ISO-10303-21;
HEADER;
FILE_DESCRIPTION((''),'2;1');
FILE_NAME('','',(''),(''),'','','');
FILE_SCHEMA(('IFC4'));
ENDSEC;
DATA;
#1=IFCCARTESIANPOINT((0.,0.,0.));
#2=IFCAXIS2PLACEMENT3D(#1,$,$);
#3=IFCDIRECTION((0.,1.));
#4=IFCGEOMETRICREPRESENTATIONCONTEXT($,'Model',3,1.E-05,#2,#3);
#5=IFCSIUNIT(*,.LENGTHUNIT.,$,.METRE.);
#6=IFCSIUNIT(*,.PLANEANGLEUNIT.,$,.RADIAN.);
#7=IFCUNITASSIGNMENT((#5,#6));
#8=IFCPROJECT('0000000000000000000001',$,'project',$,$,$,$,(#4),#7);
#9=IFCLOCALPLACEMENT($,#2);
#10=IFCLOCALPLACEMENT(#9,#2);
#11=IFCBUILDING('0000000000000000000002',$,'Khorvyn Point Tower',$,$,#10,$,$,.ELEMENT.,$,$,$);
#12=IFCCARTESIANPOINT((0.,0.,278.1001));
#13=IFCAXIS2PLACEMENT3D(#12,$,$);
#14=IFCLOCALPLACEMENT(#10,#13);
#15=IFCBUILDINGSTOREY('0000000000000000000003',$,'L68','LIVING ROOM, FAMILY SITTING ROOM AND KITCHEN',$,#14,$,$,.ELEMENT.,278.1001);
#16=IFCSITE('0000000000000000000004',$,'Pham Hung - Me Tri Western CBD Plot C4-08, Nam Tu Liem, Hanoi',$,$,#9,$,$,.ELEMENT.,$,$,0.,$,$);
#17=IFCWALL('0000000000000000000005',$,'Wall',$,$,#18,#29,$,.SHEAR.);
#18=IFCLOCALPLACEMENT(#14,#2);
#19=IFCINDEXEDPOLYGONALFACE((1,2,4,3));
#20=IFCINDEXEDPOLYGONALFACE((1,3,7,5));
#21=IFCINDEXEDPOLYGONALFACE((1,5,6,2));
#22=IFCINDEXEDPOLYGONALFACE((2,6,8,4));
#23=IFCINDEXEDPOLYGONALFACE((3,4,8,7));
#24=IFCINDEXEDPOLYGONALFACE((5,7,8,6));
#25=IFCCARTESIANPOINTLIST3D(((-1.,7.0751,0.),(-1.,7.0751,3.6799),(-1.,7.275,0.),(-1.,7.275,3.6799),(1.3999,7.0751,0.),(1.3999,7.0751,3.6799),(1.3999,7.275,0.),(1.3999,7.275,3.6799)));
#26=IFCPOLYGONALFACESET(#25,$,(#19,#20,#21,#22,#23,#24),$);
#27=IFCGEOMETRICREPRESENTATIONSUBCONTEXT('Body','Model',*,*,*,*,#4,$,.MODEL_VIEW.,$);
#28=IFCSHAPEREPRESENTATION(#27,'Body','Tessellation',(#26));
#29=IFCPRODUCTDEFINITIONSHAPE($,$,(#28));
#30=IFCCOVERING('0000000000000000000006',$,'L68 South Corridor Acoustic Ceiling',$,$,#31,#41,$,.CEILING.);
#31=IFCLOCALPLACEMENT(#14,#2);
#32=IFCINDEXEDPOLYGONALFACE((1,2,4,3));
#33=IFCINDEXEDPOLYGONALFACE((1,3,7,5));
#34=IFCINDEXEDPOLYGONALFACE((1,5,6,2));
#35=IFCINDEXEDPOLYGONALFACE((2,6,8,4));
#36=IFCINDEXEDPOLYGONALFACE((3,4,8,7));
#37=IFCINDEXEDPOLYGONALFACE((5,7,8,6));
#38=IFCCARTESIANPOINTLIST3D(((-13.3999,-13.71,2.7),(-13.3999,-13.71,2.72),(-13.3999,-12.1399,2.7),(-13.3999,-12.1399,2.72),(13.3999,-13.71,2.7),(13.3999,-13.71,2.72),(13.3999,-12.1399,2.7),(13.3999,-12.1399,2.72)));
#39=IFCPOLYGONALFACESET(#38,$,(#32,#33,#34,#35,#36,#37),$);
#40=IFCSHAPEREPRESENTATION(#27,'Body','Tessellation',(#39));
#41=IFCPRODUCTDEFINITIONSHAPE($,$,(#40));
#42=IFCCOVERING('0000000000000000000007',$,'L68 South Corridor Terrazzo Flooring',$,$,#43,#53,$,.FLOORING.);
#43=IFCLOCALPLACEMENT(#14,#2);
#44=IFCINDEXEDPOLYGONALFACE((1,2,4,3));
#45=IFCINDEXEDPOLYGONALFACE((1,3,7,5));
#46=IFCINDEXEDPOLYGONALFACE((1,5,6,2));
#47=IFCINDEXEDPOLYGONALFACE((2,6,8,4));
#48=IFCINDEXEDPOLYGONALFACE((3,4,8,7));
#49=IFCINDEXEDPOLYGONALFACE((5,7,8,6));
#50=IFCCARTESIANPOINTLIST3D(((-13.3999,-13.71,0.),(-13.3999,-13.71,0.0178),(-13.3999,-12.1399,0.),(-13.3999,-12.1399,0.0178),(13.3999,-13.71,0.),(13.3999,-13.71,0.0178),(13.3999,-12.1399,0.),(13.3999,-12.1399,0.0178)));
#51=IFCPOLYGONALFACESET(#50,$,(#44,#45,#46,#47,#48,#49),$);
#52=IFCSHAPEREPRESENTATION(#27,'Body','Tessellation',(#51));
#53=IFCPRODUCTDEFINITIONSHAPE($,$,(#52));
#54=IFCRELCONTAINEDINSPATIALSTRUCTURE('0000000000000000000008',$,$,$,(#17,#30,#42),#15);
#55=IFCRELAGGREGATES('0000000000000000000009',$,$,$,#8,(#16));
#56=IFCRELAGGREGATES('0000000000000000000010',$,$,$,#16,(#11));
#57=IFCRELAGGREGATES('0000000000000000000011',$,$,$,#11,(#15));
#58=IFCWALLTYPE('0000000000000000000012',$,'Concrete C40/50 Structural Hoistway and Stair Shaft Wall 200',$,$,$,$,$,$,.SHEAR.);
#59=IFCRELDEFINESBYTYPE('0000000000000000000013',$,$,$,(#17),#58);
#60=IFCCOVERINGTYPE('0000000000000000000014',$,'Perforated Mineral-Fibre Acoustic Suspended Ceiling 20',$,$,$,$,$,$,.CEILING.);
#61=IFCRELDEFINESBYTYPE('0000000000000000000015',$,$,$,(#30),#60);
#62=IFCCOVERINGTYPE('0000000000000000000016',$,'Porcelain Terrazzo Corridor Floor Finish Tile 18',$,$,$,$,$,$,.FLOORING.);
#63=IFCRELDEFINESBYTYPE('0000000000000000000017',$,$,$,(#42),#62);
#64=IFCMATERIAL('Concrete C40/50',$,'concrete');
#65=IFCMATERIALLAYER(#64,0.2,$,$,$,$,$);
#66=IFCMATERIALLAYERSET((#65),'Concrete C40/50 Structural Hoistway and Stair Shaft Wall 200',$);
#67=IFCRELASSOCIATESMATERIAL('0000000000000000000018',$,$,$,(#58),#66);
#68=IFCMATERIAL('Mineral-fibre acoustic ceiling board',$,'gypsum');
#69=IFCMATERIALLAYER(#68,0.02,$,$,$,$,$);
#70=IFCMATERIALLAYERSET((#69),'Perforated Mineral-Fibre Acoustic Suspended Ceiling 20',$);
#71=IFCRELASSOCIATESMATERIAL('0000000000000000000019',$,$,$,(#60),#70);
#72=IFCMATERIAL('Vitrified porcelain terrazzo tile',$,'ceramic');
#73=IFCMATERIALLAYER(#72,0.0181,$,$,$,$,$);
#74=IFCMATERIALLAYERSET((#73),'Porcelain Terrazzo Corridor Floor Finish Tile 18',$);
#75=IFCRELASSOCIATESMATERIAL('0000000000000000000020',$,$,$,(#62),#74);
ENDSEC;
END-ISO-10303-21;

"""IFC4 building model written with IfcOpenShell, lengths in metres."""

from ifc_helpers import new_model, si_unit, direction, frame, frame_2d, origin, place, context, subcontext, project, spatial, polyline, rectangle, outline, extrude, material, layer, layer_set, type_object, element, save


model = new_model("IFC4")

# Units and contexts
model_context = context("Model", 3, precision=1e-05, world=origin(), true_north=direction((0.0, 1.0)))
body_context = subcontext(model_context, "Body", "Model", "MODEL_VIEW")
ifc_project = project(units=[si_unit("LENGTHUNIT", "METRE"), si_unit("PLANEANGLEUNIT", "RADIAN")], contexts=[model_context])

# Site, building, storey
site_placement = place(None, origin())
site = spatial("IfcSite", under=ifc_project, at=site_placement, Name="Pham Hung - Me Tri Western CBD Plot C4-08, Nam Tu Liem, Hanoi", CompositionType="ELEMENT", RefElevation=0.0)
building_placement = place(site_placement, origin())
building = spatial("IfcBuilding", under=site, at=building_placement, Name="Khorvyn Point Tower", CompositionType="ELEMENT")
storey_placement = place(building_placement, frame((0.0, 0.0, 278.1001)))
storey = spatial("IfcBuildingStorey", under=building, at=storey_placement, Name="L68", Description="LIVING ROOM, FAMILY SITTING ROOM AND KITCHEN", CompositionType="ELEMENT", Elevation=278.1001)

# Shared definitions
ifc_material_1 = material(Name="Concrete C40/50", Category="concrete")

# Shared definitions
ifc_layer_1 = layer(ifc_material_1, 0.2)
ifc_layer_set_1 = layer_set([ifc_layer_1], Name="Concrete C40/50 Structural Hoistway and Stair Shaft Wall 200")
wall_type_1 = type_object("IfcWallType", Name="Concrete C40/50 Structural Hoistway and Stair Shaft Wall 200", PredefinedType="SHEAR", material=ifc_layer_set_1)

# Wall
wall_1_placement = place(storey_placement, frame((-1.0, 7.175, 0.0), z_axis=(0.0, 0.0, 1.0), x_axis=(1.0, 0.0, 0.0)))
element("IfcWall", 1, at=wall_1_placement, inside=storey, type_object=wall_type_1, Name="Wall", PredefinedType="SHEAR", context=body_context, shape_type="SweptSolid", body=[
    extrude(rectangle(XDim=2.3999, YDim=0.2, at=frame_2d((1.2, 0.0))), origin(), (0.0, 0.0, 1.0), 3.6799),
])

# Coverings
ifc_material_2 = material(Name="Mineral-fibre acoustic ceiling board", Category="gypsum")
ifc_layer_2 = layer(ifc_material_2, 0.02)
ifc_layer_set_2 = layer_set([ifc_layer_2], Name="Perforated Mineral-Fibre Acoustic Suspended Ceiling 20")
covering_type_1 = type_object("IfcCoveringType", Name="Perforated Mineral-Fibre Acoustic Suspended Ceiling 20", PredefinedType="CEILING", material=ifc_layer_set_2)
covering_1_placement = place(storey_placement, frame((0.0, 0.0, 2.7)))
element("IfcCovering", 2, at=covering_1_placement, inside=storey, type_object=covering_type_1, Name="L68 South Corridor Acoustic Ceiling", PredefinedType="CEILING", context=body_context, shape_type="SweptSolid", body=[
    extrude(outline(polyline([(-13.3999, -13.71), (13.3999, -13.71), (13.3999, -12.1399), (-13.3999, -12.1399), (-13.3999, -13.71)])), origin(), (0.0, 0.0, 1.0), 0.02),
])
ifc_material_3 = material(Name="Vitrified porcelain terrazzo tile", Category="ceramic")
ifc_layer_3 = layer(ifc_material_3, 0.0181)
ifc_layer_set_3 = layer_set([ifc_layer_3], Name="Porcelain Terrazzo Corridor Floor Finish Tile 18")
covering_type_2 = type_object("IfcCoveringType", Name="Porcelain Terrazzo Corridor Floor Finish Tile 18", PredefinedType="FLOORING", material=ifc_layer_set_3)
covering_2_placement = place(storey_placement, origin())
element("IfcCovering", 3, at=covering_2_placement, inside=storey, type_object=covering_type_2, Name="L68 South Corridor Terrazzo Flooring", PredefinedType="FLOORING", context=body_context, shape_type="SweptSolid", body=[
    extrude(outline(polyline([(-13.3999, -13.71), (13.3999, -13.71), (13.3999, -12.1399), (-13.3999, -12.1399), (-13.3999, -13.71)])), origin(), (0.0, 0.0, 1.0), 0.0178),
])

save(model, "model.ifc")
